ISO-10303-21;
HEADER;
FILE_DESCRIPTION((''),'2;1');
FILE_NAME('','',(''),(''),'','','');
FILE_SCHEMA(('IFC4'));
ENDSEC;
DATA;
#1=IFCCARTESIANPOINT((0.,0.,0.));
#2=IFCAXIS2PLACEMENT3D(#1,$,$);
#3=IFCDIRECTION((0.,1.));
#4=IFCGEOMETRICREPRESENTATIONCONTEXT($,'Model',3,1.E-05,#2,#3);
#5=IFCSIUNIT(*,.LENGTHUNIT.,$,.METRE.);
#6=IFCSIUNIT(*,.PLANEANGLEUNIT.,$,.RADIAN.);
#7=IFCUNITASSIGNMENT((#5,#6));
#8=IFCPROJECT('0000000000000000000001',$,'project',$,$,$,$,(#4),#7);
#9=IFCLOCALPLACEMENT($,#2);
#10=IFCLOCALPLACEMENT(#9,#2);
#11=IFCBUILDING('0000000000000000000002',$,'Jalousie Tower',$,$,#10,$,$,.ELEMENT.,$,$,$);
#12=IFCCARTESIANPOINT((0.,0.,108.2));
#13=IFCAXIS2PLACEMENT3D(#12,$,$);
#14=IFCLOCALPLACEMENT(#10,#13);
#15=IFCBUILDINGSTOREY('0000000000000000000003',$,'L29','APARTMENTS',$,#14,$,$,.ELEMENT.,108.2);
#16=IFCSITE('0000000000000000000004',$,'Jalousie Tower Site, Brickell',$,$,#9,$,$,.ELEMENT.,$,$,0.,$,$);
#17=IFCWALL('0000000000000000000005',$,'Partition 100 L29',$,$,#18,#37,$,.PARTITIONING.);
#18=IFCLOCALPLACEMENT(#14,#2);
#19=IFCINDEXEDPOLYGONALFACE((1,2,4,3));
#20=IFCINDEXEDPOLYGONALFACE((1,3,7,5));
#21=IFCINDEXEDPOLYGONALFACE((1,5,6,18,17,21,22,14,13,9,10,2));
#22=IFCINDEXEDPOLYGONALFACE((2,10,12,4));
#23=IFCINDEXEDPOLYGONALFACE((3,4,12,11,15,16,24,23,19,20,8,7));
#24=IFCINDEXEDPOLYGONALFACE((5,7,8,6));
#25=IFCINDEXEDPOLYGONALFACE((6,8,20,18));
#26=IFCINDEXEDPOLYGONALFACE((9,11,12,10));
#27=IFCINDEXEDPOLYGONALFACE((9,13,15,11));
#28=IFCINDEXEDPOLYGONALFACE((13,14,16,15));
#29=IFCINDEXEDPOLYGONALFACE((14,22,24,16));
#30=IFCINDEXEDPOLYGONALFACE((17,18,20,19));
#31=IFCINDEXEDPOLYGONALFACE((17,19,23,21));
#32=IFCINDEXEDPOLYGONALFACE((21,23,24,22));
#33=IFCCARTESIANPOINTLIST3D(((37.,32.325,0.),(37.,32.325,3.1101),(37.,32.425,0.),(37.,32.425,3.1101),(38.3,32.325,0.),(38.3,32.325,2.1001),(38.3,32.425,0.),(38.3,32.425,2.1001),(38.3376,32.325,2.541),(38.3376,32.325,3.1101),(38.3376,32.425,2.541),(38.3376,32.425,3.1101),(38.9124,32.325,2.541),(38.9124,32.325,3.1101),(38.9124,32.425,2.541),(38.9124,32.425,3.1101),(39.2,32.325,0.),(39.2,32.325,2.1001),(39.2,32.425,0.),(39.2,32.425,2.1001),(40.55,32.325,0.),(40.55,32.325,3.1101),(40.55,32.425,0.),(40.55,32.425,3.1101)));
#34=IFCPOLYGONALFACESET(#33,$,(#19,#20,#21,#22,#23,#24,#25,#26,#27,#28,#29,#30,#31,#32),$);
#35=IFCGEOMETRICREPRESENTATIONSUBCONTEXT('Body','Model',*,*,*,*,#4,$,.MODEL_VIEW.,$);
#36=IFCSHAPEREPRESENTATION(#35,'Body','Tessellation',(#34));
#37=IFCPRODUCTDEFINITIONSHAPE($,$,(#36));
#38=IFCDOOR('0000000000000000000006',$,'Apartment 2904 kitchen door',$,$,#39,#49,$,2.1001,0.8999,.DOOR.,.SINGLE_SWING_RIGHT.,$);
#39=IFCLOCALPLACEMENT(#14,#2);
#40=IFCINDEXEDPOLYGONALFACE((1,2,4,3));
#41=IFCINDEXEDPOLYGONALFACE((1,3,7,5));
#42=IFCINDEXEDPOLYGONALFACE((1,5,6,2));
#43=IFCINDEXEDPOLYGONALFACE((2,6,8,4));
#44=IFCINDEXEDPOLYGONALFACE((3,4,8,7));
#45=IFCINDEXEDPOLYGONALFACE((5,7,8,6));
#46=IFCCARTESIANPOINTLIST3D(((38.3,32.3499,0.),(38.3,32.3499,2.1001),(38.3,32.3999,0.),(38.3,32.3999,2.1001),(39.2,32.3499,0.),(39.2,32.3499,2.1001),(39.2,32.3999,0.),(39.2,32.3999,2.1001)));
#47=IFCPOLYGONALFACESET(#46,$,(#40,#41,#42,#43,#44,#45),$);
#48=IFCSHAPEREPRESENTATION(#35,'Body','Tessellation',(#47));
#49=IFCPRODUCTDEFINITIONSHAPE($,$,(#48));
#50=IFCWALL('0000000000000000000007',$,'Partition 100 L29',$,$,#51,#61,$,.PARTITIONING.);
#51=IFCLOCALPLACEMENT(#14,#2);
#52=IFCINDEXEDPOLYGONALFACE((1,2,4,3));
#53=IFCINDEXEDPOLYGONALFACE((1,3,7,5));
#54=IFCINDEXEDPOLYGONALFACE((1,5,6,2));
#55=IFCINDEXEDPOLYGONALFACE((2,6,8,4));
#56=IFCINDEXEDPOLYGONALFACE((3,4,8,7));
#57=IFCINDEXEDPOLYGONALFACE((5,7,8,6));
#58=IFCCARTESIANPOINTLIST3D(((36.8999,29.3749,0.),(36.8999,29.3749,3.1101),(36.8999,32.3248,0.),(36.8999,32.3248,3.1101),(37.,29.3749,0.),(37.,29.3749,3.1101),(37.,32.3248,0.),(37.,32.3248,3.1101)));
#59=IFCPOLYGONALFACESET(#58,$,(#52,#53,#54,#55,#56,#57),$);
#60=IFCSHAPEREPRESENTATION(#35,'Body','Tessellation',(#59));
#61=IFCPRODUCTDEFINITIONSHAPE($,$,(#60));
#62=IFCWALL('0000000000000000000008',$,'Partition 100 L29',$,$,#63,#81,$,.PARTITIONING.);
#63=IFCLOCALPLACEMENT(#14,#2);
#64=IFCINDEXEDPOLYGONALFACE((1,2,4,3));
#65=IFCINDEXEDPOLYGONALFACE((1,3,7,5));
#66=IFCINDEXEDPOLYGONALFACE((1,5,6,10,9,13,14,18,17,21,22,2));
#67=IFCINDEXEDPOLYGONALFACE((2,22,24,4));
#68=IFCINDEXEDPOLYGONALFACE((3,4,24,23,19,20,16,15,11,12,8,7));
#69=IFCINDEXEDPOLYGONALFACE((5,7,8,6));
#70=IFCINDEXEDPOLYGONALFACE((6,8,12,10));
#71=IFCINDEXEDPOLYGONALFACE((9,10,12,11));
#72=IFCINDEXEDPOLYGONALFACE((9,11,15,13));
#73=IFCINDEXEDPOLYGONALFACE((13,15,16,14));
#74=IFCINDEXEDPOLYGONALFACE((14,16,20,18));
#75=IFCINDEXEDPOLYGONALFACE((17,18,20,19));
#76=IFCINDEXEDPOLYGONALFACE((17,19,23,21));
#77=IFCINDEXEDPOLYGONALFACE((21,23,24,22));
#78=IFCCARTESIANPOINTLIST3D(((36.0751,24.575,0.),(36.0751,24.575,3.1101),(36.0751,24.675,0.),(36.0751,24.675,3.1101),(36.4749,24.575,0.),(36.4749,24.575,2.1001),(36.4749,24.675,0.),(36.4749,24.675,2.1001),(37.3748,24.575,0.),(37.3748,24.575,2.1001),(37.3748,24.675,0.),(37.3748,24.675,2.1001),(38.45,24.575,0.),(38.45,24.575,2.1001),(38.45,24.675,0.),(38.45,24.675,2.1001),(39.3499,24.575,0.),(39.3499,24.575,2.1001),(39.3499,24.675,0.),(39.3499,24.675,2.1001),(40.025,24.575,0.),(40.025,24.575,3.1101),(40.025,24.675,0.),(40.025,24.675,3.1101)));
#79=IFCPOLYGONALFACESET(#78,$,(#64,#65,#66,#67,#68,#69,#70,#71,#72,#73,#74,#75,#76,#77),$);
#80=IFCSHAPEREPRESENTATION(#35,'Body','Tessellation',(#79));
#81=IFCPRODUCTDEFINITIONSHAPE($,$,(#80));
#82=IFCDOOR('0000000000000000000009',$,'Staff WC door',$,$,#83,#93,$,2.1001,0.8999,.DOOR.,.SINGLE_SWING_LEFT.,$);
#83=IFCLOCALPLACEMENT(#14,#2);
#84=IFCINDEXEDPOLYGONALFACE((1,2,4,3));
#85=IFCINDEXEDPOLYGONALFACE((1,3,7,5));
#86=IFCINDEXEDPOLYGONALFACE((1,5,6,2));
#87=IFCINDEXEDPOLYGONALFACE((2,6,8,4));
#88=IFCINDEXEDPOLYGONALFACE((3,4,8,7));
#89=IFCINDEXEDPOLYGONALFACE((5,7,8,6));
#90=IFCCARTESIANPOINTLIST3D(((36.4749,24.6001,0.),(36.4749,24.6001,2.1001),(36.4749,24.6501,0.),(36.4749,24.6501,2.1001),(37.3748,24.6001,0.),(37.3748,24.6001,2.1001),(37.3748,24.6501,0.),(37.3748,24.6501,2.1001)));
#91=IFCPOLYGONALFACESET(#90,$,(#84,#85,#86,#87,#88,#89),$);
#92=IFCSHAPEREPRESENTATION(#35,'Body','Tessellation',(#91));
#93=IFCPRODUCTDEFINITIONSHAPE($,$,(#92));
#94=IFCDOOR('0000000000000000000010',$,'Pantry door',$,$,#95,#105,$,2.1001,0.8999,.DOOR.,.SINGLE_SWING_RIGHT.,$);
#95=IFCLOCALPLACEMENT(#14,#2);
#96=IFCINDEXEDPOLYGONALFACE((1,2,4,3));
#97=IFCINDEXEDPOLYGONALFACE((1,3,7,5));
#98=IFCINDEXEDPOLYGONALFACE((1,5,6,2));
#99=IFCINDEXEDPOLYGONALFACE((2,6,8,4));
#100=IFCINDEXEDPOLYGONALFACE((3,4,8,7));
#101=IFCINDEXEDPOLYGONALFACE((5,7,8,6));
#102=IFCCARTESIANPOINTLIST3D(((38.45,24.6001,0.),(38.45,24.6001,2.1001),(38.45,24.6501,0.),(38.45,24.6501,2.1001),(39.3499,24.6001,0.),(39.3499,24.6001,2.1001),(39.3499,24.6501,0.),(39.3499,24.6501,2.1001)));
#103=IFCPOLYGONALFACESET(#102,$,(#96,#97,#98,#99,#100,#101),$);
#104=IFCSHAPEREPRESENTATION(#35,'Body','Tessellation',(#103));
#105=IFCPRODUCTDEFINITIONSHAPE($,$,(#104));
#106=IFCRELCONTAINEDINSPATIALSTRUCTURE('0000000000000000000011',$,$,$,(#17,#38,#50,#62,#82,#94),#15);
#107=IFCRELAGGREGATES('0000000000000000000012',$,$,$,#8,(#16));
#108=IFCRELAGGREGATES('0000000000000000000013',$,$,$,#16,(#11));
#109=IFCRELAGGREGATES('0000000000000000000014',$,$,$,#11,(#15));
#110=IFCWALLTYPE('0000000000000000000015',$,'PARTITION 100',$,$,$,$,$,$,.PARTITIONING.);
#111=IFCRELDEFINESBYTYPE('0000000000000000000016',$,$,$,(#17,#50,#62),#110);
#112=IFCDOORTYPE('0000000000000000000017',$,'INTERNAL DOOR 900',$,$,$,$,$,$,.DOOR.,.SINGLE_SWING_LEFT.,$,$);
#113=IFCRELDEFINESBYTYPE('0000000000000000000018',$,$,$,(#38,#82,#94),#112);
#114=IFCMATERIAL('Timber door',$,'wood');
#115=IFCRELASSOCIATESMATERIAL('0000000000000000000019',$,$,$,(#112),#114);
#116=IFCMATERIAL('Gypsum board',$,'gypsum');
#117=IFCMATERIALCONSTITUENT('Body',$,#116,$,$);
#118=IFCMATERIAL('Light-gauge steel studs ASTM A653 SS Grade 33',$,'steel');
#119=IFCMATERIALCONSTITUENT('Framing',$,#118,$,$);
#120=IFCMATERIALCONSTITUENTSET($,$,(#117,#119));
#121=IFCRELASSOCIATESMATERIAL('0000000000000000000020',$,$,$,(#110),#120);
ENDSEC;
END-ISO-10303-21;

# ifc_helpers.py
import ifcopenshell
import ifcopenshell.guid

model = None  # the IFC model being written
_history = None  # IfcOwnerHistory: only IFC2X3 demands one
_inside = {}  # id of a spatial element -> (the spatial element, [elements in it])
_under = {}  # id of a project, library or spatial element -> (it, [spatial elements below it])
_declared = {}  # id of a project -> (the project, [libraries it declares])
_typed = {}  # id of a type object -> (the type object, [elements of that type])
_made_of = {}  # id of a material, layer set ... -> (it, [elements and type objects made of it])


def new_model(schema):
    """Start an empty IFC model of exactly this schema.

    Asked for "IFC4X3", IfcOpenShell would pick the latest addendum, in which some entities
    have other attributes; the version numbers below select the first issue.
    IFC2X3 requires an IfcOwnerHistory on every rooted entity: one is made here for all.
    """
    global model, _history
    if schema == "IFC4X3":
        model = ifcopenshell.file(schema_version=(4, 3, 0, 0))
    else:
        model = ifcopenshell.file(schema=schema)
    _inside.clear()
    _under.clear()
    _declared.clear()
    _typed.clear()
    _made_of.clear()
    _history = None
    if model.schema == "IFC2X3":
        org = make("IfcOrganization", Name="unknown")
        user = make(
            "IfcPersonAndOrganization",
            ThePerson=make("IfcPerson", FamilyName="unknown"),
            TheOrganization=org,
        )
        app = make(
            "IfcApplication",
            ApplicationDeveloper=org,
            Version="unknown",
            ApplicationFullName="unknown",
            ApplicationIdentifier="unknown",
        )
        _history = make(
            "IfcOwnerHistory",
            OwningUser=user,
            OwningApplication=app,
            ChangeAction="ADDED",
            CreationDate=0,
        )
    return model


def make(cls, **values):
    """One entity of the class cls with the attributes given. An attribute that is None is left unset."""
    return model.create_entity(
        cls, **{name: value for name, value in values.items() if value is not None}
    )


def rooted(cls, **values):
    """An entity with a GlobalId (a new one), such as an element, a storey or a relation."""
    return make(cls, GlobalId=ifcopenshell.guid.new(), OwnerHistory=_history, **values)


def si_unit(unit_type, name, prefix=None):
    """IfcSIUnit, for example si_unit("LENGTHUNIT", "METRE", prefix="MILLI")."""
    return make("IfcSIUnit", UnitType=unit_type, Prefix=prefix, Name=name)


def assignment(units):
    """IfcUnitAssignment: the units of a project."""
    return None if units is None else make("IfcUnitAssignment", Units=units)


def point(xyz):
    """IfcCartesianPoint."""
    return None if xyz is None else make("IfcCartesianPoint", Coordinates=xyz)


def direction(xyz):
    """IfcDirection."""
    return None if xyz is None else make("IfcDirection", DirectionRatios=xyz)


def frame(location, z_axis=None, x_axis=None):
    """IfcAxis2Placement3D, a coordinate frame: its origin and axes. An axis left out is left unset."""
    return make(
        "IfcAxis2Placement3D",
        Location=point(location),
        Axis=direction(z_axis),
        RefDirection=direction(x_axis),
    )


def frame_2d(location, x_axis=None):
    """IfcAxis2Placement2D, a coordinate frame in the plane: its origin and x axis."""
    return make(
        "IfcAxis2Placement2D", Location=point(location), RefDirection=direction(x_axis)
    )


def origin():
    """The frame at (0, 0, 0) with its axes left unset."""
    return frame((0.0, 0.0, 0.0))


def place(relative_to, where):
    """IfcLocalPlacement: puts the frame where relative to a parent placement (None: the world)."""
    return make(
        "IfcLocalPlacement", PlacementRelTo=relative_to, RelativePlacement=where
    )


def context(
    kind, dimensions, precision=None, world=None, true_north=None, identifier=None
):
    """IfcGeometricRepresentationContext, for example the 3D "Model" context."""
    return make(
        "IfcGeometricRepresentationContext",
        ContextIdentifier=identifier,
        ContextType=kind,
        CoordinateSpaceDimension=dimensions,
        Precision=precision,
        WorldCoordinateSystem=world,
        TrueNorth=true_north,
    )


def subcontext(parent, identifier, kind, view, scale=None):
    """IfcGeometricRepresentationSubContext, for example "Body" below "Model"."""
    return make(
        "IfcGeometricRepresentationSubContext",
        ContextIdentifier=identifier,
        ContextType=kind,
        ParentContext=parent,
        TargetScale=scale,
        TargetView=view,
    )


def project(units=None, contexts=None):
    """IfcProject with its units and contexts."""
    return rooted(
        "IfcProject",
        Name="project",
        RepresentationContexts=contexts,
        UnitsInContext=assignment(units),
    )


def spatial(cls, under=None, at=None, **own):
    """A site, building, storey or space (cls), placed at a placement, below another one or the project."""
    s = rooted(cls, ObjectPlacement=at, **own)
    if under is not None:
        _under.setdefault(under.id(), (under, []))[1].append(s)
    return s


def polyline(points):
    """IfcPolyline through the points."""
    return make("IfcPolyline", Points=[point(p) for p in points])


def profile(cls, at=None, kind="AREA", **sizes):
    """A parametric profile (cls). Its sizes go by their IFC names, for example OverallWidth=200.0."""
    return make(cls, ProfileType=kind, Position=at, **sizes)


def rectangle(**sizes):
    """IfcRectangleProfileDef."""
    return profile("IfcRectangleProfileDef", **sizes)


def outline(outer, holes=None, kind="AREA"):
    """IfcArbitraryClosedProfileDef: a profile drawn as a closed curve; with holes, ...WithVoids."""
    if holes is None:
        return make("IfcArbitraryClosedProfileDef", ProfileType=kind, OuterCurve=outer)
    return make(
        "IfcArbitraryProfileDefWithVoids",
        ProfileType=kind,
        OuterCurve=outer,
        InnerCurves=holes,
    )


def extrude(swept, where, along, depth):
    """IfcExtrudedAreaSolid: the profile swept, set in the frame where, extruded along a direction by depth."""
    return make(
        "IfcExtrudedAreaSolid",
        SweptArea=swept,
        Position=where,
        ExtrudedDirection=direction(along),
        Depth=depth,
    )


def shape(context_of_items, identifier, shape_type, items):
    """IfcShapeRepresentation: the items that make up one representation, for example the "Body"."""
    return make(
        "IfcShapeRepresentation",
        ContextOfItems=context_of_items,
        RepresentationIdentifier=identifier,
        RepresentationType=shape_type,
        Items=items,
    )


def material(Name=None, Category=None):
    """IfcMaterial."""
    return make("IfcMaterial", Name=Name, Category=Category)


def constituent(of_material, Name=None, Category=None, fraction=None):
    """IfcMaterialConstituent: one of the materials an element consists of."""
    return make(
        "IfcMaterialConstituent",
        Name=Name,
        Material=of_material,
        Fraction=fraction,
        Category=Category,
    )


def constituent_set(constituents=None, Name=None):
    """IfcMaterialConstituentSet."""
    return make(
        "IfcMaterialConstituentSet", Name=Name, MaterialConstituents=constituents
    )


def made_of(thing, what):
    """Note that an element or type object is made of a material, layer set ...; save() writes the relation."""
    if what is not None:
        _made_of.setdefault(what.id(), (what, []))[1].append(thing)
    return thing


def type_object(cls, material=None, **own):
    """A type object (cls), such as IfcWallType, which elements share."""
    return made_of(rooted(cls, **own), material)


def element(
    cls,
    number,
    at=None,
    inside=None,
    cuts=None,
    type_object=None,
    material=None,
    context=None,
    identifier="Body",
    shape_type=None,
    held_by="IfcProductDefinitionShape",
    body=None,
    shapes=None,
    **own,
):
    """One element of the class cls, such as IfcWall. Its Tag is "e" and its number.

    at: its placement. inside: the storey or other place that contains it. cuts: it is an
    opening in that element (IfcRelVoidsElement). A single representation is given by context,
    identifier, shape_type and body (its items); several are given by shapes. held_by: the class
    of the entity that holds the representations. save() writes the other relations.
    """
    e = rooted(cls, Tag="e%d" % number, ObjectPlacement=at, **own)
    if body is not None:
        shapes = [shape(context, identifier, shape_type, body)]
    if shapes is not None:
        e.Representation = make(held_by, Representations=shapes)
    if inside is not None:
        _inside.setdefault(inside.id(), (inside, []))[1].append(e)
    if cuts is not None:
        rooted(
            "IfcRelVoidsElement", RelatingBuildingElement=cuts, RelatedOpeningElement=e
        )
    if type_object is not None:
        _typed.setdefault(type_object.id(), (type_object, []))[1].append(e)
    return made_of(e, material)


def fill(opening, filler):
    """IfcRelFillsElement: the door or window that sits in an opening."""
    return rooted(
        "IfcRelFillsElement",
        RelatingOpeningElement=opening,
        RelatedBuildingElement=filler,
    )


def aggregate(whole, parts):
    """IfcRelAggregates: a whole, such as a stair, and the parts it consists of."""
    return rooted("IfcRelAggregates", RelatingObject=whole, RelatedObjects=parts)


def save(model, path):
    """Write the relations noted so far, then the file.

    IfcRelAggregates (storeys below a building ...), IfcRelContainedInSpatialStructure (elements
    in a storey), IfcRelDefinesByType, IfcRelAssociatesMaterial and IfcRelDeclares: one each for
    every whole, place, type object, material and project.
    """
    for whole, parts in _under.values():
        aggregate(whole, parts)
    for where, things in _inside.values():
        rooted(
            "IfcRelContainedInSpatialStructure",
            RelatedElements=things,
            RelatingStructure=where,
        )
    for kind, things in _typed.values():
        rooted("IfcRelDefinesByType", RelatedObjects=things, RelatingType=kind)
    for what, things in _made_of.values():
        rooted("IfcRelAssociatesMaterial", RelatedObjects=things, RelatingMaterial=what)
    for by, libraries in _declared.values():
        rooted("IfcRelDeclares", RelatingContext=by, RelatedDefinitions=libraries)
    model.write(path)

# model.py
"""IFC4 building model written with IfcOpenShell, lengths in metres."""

from ifc_helpers import new_model, si_unit, direction, frame, frame_2d, origin, place, context, subcontext, project, spatial, polyline, rectangle, outline, extrude, material, constituent, constituent_set, type_object, element, fill, save


model = new_model("IFC4")

# Units and contexts
model_context = context("Model", 3, precision=1e-05, world=origin(), true_north=direction((0.0, 1.0)))
body_context = subcontext(model_context, "Body", "Model", "MODEL_VIEW")
ifc_project = project(units=[si_unit("LENGTHUNIT", "METRE"), si_unit("PLANEANGLEUNIT", "RADIAN")], contexts=[model_context])

# Site, building, storey
site_placement = place(None, origin())
site = spatial("IfcSite", under=ifc_project, at=site_placement, Name="Jalousie Tower Site, Brickell", CompositionType="ELEMENT", RefElevation=0.0)
building_placement = place(site_placement, origin())
building = spatial("IfcBuilding", under=site, at=building_placement, Name="Jalousie Tower", CompositionType="ELEMENT")
storey_placement = place(building_placement, frame((0.0, 0.0, 108.2)))
storey = spatial("IfcBuildingStorey", under=building, at=storey_placement, Name="L29", Description="APARTMENTS", CompositionType="ELEMENT", Elevation=108.2)

# Shared definitions
ifc_material_1 = material(Name="Timber door", Category="wood")
door_type_1 = type_object("IfcDoorType", Name="INTERNAL DOOR 900", OperationType="SINGLE_SWING_LEFT", PredefinedType="DOOR", material=ifc_material_1)

# Wall, opening, door
ifc_material_2 = material(Name="Gypsum board", Category="gypsum")
ifc_constituent_1 = constituent(ifc_material_2, Name="Body")
ifc_material_3 = material(Name="Light-gauge steel studs ASTM A653 SS Grade 33", Category="steel")
ifc_constituent_2 = constituent(ifc_material_3, Name="Framing")
ifc_constituent_set_1 = constituent_set(constituents=[ifc_constituent_1, ifc_constituent_2])
wall_type_1 = type_object("IfcWallType", Name="PARTITION 100", PredefinedType="PARTITIONING", material=ifc_constituent_set_1)
wall_1_placement = place(storey_placement, frame((37.0, 32.375, 0.0), z_axis=(0.0, 0.0, 1.0), x_axis=(1.0, 0.0, 0.0)))
wall_1 = element("IfcWall", 1, at=wall_1_placement, inside=storey, type_object=wall_type_1, Name="Partition 100 L29", PredefinedType="PARTITIONING", context=body_context, shape_type="SweptSolid", body=[
    extrude(outline(polyline([(0.0, 0.0), (3.55, 0.0), (3.55, 3.1101), (1.9124, 3.1101), (1.9124, 2.541), (1.3376, 2.541), (1.3376, 3.1101), (0.0, 3.1101), (0.0, 0.0)])), frame((0.0, 0.05, 0.0), z_axis=(0.0, -1.0, 0.0), x_axis=(1.0, 0.0, 0.0)), (0.0, 0.0, 1.0), 0.1001),
])
opening_1_placement = place(wall_1_placement, frame((1.3, 0.0, 0.0)))
opening_1 = element("IfcOpeningElement", 2, at=opening_1_placement, cuts=wall_1, PredefinedType="OPENING", context=body_context, shape_type="SweptSolid", body=[
    extrude(rectangle(XDim=0.8999, YDim=2.1001, at=frame_2d((0.45, 1.05))), frame((0.0, 0.0601, 0.0), z_axis=(0.0, -1.0, 0.0), x_axis=(1.0, 0.0, 0.0)), (0.0, 0.0, 1.0), 0.1201),
])
door_1_placement = place(opening_1_placement, origin())
door_1 = element("IfcDoor", 3, at=door_1_placement, inside=storey, type_object=door_type_1, Name="Apartment 2904 kitchen door", OperationType="SINGLE_SWING_RIGHT", OverallHeight=2.1001, OverallWidth=0.8999, PredefinedType="DOOR", context=body_context, shape_type="SweptSolid", body=[
    extrude(rectangle(XDim=0.8999, YDim=2.1001, at=frame_2d((0.45, 1.05))), frame((0.0, 0.0249, 0.0), z_axis=(0.0, -1.0, 0.0), x_axis=(1.0, 0.0, 0.0)), (0.0, 0.0, 1.0), 0.05),
])
fill(opening_1, door_1)

# Wall
wall_2_placement = place(storey_placement, frame((36.95, 32.325, 0.0), z_axis=(0.0, 0.0, 1.0), x_axis=(0.0, -1.0, 0.0)))
element("IfcWall", 4, at=wall_2_placement, inside=storey, type_object=wall_type_1, Name="Partition 100 L29", PredefinedType="PARTITIONING", context=body_context, shape_type="SweptSolid", body=[
    extrude(rectangle(XDim=2.95, YDim=0.1001, at=frame_2d((1.4751, 0.0))), origin(), (0.0, 0.0, 1.0), 3.1101),
])

# Wall, openings, doors
wall_3_placement = place(storey_placement, frame((36.075, 24.625, 0.0), z_axis=(0.0, 0.0, 1.0), x_axis=(1.0, 0.0, 0.0)))
wall_3 = element("IfcWall", 5, at=wall_3_placement, inside=storey, type_object=wall_type_1, Name="Partition 100 L29", PredefinedType="PARTITIONING", context=body_context, shape_type="SweptSolid", body=[
    extrude(rectangle(XDim=3.95, YDim=0.1001, at=frame_2d((1.9751, 0.0))), origin(), (0.0, 0.0, 1.0), 3.1101),
])
opening_2_placement = place(wall_3_placement, frame((0.3999, 0.0, 0.0)))
opening_2 = element("IfcOpeningElement", 6, at=opening_2_placement, cuts=wall_3, PredefinedType="OPENING", context=body_context, shape_type="SweptSolid", body=[
    extrude(rectangle(XDim=0.8999, YDim=2.1001, at=frame_2d((0.45, 1.05))), frame((0.0, 0.0601, 0.0), z_axis=(0.0, -1.0, 0.0), x_axis=(1.0, 0.0, 0.0)), (0.0, 0.0, 1.0), 0.1201),
])
opening_3_placement = place(wall_3_placement, frame((2.375, 0.0, 0.0)))
opening_3 = element("IfcOpeningElement", 7, at=opening_3_placement, cuts=wall_3, PredefinedType="OPENING", context=body_context, shape_type="SweptSolid", body=[
    extrude(rectangle(XDim=0.8999, YDim=2.1001, at=frame_2d((0.45, 1.05))), frame((0.0, 0.0601, 0.0), z_axis=(0.0, -1.0, 0.0), x_axis=(1.0, 0.0, 0.0)), (0.0, 0.0, 1.0), 0.1201),
])
door_2_placement = place(opening_2_placement, frame((0.8999, 0.0, 0.0), z_axis=(0.0, 0.0, 1.0), x_axis=(-1.0, 0.0, 0.0)))
door_2 = element("IfcDoor", 8, at=door_2_placement, inside=storey, type_object=door_type_1, Name="Staff WC door", OperationType="SINGLE_SWING_LEFT", OverallHeight=2.1001, OverallWidth=0.8999, PredefinedType="DOOR", context=body_context, shape_type="SweptSolid", body=[
    extrude(rectangle(XDim=0.8999, YDim=2.1001, at=frame_2d((0.45, 1.05))), frame((0.0, 0.0249, 0.0), z_axis=(0.0, -1.0, 0.0), x_axis=(1.0, 0.0, 0.0)), (0.0, 0.0, 1.0), 0.05),
])
fill(opening_2, door_2)
door_3_placement = place(opening_3_placement, frame((0.8999, 0.0, 0.0), z_axis=(0.0, 0.0, 1.0), x_axis=(-1.0, 0.0, 0.0)))
door_3 = element("IfcDoor", 9, at=door_3_placement, inside=storey, type_object=door_type_1, Name="Pantry door", OperationType="SINGLE_SWING_RIGHT", OverallHeight=2.1001, OverallWidth=0.8999, PredefinedType="DOOR", context=body_context, shape_type="SweptSolid", body=[
    extrude(rectangle(XDim=0.8999, YDim=2.1001, at=frame_2d((0.45, 1.05))), frame((0.0, 0.0249, 0.0), z_axis=(0.0, -1.0, 0.0), x_axis=(1.0, 0.0, 0.0)), (0.0, 0.0, 1.0), 0.05),
])
fill(opening_3, door_3)

save(model, "model.ifc")
